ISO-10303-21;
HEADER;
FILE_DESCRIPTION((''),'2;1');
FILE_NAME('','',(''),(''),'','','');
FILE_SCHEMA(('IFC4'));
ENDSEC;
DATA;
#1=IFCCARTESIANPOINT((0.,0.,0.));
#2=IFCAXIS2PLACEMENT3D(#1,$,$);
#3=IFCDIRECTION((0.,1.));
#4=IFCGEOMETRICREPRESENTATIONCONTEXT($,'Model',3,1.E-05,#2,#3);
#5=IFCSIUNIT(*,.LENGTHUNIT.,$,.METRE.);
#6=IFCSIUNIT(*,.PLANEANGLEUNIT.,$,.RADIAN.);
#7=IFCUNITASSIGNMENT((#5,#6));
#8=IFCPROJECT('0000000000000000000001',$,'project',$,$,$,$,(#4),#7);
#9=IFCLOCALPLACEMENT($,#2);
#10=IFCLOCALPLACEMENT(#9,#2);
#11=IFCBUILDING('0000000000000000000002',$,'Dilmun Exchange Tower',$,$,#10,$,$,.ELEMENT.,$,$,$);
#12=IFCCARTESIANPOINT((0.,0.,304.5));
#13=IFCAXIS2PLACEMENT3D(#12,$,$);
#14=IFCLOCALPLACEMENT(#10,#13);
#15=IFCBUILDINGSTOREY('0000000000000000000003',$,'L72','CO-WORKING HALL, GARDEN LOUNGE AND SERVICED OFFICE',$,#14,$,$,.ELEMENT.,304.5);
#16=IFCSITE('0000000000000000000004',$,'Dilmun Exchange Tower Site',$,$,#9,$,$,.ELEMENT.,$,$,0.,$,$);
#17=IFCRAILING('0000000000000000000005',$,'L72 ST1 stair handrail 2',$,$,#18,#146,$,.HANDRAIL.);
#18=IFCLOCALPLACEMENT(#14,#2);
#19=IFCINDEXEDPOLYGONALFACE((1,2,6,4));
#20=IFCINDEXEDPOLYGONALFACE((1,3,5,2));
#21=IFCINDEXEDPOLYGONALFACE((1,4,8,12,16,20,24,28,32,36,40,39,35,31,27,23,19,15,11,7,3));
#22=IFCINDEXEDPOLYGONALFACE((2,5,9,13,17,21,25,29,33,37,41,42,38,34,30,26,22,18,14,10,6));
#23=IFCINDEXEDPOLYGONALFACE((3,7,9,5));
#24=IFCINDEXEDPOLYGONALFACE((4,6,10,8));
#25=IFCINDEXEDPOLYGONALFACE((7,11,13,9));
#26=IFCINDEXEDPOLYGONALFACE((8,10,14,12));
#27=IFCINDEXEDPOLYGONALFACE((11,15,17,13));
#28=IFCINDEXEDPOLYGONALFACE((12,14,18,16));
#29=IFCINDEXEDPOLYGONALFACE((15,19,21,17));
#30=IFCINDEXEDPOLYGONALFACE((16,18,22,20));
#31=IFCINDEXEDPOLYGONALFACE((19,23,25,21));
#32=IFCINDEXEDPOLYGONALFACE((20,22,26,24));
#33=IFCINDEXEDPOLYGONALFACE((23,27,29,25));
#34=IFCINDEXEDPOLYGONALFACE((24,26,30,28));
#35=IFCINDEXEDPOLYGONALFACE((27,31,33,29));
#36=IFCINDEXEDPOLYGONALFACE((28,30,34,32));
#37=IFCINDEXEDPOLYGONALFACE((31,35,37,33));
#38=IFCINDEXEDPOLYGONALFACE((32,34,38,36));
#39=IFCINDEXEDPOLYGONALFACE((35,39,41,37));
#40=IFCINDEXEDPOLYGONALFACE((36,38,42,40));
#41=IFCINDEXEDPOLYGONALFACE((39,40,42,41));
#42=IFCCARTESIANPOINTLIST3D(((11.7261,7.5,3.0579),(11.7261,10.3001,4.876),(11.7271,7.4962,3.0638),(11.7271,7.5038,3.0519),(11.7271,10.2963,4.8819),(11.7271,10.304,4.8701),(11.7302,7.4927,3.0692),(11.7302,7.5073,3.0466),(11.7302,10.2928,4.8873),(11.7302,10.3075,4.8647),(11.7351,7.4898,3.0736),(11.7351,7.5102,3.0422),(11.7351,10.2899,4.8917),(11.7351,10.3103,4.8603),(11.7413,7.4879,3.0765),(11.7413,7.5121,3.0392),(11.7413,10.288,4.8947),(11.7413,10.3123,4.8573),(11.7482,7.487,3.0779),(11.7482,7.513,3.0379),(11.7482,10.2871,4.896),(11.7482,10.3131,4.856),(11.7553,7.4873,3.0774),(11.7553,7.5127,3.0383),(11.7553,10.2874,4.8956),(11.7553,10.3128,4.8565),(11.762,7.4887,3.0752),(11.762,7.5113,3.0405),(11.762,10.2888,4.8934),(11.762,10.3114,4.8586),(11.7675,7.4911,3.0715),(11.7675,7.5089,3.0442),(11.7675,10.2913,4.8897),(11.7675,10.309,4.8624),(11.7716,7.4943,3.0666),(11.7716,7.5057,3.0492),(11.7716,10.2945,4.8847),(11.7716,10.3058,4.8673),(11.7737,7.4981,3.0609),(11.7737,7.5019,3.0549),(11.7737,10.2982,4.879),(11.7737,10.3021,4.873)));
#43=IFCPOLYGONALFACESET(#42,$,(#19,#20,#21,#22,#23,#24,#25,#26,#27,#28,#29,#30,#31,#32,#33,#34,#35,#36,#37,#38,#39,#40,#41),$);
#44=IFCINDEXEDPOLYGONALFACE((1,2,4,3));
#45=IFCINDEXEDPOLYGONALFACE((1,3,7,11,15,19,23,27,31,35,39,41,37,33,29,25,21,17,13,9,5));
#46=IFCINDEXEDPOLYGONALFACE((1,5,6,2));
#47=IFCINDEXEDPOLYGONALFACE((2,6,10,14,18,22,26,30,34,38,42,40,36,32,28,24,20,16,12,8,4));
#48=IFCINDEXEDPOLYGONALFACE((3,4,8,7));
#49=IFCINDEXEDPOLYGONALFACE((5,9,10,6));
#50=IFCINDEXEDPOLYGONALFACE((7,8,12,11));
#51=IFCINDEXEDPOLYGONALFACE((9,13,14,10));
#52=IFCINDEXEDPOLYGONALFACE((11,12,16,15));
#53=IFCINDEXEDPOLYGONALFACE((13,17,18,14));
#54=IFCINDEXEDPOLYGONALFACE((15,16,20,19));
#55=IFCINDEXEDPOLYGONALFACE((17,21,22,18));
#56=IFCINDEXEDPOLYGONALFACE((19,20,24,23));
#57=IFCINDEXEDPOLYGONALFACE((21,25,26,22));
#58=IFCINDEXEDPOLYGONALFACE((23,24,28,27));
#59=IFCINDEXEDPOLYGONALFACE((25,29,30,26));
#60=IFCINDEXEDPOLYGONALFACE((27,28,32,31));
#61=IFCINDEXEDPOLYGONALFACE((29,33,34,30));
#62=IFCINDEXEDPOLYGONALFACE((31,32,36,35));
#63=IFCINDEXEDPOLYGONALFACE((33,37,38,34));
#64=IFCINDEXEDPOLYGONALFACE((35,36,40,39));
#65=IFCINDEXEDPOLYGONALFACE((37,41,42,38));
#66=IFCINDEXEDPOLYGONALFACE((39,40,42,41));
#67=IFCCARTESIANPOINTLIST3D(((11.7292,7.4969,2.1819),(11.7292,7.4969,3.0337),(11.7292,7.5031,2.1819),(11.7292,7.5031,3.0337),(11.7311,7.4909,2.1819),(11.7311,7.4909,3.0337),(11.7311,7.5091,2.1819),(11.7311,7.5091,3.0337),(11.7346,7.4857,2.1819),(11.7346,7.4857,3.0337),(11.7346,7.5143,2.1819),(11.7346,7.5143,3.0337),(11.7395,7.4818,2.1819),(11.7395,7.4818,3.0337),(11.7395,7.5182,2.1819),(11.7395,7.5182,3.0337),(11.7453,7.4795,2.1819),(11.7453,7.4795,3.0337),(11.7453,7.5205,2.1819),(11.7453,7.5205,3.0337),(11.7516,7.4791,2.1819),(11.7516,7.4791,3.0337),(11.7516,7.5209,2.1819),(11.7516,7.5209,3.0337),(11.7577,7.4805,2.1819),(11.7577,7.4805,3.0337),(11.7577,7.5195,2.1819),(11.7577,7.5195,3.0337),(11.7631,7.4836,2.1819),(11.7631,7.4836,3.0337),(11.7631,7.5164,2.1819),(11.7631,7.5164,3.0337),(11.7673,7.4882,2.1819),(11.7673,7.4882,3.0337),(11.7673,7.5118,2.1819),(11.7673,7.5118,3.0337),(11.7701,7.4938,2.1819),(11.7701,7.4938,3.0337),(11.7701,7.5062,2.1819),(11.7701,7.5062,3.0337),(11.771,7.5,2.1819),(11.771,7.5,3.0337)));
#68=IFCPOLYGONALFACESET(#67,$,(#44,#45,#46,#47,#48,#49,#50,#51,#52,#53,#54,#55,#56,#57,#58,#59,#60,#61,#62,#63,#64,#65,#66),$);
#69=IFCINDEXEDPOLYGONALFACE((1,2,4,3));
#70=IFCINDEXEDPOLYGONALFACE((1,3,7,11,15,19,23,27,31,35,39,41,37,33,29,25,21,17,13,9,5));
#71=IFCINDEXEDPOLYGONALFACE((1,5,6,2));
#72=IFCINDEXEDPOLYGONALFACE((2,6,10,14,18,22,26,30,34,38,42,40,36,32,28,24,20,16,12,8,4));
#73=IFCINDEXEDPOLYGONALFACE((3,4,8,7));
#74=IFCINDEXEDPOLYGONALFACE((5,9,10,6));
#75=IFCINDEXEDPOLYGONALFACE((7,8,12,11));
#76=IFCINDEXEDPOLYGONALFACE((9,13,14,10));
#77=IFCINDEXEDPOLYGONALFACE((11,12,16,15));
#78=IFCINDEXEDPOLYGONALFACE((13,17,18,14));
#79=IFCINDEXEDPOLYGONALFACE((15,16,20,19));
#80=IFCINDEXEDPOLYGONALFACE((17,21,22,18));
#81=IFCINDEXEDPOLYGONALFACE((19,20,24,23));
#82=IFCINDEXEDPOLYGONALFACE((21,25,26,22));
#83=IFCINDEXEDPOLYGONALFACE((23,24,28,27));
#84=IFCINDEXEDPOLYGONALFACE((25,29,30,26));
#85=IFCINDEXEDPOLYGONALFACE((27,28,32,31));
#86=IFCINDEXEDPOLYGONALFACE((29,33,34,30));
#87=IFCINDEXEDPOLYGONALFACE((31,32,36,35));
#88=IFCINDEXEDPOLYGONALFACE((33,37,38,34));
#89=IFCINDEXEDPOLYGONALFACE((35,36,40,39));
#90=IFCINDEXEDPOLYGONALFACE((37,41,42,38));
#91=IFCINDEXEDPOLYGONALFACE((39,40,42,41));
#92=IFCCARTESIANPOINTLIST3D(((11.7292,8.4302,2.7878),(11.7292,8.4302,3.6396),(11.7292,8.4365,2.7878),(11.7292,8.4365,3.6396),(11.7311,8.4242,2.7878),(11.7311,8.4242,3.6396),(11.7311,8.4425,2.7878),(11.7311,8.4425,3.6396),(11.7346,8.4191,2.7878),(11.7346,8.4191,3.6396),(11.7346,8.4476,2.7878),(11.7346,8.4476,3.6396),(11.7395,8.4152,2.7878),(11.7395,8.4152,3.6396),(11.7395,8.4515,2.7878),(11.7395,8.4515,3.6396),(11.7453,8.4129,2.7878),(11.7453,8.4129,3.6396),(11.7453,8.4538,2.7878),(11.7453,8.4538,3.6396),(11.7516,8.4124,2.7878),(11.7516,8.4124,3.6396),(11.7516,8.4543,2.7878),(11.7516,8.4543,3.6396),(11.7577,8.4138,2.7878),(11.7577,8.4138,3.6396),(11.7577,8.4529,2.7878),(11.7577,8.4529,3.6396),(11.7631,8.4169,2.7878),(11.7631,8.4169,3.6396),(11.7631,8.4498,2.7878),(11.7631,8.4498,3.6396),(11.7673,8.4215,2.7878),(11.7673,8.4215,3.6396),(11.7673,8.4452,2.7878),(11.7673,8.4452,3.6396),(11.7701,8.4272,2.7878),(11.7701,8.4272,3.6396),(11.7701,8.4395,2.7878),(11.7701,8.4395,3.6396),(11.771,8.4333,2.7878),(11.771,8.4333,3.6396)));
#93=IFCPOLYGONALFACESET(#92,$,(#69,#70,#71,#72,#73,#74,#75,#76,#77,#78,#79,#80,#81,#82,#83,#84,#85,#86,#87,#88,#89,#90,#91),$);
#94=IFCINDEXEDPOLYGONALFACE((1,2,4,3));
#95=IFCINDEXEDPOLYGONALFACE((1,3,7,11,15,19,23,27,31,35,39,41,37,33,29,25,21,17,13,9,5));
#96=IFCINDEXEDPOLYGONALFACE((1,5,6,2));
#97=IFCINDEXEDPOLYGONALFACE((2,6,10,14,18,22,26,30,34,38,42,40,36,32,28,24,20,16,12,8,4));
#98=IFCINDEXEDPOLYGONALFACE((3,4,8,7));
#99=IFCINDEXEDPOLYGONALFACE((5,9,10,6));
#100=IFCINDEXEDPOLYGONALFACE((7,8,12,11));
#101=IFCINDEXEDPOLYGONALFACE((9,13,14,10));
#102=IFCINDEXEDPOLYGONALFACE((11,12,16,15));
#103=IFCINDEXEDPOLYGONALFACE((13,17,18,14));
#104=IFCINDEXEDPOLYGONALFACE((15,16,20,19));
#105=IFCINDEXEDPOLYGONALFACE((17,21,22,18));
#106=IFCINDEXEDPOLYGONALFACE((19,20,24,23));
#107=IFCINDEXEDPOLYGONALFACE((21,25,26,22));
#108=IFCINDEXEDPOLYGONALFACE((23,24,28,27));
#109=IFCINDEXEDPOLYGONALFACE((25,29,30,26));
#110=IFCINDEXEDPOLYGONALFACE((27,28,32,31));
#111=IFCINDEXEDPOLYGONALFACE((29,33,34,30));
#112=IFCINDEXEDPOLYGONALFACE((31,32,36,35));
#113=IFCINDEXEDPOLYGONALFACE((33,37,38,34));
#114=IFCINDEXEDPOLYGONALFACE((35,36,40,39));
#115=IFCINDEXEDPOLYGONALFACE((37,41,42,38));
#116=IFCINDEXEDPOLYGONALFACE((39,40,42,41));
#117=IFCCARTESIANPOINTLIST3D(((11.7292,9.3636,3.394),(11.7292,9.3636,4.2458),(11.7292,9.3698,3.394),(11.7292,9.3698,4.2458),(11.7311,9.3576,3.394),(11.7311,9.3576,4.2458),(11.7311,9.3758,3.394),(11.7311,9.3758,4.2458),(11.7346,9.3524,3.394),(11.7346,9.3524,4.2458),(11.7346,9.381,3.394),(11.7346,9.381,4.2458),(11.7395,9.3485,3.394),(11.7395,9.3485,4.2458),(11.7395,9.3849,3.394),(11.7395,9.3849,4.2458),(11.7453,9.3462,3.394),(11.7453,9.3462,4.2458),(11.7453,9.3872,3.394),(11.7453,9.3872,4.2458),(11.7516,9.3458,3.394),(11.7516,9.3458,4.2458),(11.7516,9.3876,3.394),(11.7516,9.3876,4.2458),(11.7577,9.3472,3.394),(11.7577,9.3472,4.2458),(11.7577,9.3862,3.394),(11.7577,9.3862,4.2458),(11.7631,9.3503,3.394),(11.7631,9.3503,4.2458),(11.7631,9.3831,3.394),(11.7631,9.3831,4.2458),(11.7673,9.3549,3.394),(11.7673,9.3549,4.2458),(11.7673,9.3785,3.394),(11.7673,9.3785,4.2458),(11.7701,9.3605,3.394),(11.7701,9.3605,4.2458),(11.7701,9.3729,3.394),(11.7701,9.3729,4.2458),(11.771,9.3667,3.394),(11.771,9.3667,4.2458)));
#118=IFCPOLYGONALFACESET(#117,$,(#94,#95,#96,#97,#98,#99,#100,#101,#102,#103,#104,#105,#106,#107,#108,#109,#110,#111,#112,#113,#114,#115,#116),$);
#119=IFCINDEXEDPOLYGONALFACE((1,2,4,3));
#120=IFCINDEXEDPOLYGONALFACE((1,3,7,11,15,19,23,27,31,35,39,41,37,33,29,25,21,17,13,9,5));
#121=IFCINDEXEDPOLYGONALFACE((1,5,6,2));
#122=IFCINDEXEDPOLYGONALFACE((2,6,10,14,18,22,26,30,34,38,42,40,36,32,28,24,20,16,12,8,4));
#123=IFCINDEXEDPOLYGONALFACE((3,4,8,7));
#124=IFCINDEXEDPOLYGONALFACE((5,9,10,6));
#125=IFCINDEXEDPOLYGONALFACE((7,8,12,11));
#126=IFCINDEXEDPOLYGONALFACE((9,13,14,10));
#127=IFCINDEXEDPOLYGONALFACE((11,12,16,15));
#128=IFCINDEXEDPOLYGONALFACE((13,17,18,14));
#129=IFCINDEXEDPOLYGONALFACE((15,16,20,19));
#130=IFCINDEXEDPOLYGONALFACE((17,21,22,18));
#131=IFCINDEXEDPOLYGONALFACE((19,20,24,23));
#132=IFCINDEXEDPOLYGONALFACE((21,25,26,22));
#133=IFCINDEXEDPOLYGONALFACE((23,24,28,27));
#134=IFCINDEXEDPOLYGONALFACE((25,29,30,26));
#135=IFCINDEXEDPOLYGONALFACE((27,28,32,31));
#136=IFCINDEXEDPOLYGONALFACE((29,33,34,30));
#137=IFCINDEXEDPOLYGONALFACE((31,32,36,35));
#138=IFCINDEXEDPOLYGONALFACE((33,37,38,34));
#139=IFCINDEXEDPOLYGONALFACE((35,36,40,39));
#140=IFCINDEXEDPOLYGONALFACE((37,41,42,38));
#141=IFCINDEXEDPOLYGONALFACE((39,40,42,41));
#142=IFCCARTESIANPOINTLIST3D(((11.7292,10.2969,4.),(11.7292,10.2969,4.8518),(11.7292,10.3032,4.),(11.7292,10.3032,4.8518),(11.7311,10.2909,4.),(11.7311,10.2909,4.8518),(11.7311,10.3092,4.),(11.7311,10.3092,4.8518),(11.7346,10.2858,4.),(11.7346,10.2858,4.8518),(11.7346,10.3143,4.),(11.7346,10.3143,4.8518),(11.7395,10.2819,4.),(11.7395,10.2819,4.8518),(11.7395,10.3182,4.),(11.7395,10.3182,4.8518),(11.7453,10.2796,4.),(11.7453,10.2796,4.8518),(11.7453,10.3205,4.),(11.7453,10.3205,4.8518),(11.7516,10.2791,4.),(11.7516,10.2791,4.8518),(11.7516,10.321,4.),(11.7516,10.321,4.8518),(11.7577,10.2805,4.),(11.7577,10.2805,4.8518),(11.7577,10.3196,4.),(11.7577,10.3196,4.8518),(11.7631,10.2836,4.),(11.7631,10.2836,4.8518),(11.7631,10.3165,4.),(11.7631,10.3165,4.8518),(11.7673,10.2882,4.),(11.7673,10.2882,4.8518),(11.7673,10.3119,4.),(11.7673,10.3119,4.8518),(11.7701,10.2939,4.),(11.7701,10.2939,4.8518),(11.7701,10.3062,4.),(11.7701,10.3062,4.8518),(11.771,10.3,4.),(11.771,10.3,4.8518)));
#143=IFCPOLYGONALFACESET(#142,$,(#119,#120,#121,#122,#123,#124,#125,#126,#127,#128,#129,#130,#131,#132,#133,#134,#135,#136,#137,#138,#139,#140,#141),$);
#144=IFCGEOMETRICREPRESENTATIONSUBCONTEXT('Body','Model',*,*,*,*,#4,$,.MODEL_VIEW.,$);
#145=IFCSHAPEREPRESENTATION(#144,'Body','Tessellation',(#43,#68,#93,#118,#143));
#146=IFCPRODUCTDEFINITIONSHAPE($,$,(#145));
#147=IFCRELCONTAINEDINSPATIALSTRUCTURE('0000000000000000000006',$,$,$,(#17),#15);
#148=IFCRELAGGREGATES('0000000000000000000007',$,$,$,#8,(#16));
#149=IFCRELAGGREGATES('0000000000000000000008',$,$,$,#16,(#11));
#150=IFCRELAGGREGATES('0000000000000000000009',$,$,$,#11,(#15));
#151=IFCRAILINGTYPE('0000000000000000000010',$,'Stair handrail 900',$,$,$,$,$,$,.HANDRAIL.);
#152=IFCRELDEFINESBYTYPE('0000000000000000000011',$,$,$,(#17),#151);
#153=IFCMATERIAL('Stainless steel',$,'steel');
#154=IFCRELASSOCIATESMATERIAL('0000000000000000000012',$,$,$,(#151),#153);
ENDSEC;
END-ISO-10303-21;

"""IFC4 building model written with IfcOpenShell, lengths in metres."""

from ifc_helpers import new_model, si_unit, direction, frame, origin, origin_2d, place, context, subcontext, project, spatial, circle, extrude, material, type_object, element, save


model = new_model("IFC4")

# Units and contexts
model_context = context("Model", 3, precision=1e-05, world=origin(), true_north=direction((0.0, 1.0)))
body_context = subcontext(model_context, "Body", "Model", "MODEL_VIEW")
ifc_project = project(units=[si_unit("LENGTHUNIT", "METRE"), si_unit("PLANEANGLEUNIT", "RADIAN")], contexts=[model_context])

# Site, building, storey
site_placement = place(None, origin())
site = spatial("IfcSite", under=ifc_project, at=site_placement, Name="Dilmun Exchange Tower Site", CompositionType="ELEMENT", RefElevation=0.0)
building_placement = place(site_placement, origin())
building = spatial("IfcBuilding", under=site, at=building_placement, Name="Dilmun Exchange Tower", CompositionType="ELEMENT")
storey_placement = place(building_placement, frame((0.0, 0.0, 304.5)))
storey = spatial("IfcBuildingStorey", under=building, at=storey_placement, Name="L72", Description="CO-WORKING HALL, GARDEN LOUNGE AND SERVICED OFFICE", CompositionType="ELEMENT", Elevation=304.5)

# Railing
ifc_material_1 = material(Name="Stainless steel", Category="steel")
railing_type = type_object("IfcRailingType", Name="Stair handrail 900", PredefinedType="HANDRAIL", material=ifc_material_1)
railing_1_placement = place(storey_placement, frame((11.75, 7.5, 2.1819)))
element("IfcRailing", 1, at=railing_1_placement, inside=storey, type_object=railing_type, Name="L72 ST1 stair handrail 2", PredefinedType="HANDRAIL", context=body_context, shape_type="SweptSolid", body=[
    extrude(circle(Radius=0.0239, at=origin_2d()), frame((0.0, 0.0, 0.876), z_axis=(0.0, 0.838706, 0.544585), x_axis=(-1.0, 0.0, 0.0)), (0.0, 0.0, 1.0), 3.3386),
    extrude(circle(Radius=0.021, at=origin_2d()), origin(), (0.0, 0.0, 1.0), 0.8518),
    extrude(circle(Radius=0.021, at=origin_2d()), frame((0.0, 0.9333, 0.606)), (0.0, 0.0, 1.0), 0.8518),
    extrude(circle(Radius=0.021, at=origin_2d()), frame((0.0, 1.8667, 1.2122)), (0.0, 0.0, 1.0), 0.8518),
    extrude(circle(Radius=0.021, at=origin_2d()), frame((0.0, 2.8, 1.8181)), (0.0, 0.0, 1.0), 0.8518),
])

save(model, "model.ifc")
